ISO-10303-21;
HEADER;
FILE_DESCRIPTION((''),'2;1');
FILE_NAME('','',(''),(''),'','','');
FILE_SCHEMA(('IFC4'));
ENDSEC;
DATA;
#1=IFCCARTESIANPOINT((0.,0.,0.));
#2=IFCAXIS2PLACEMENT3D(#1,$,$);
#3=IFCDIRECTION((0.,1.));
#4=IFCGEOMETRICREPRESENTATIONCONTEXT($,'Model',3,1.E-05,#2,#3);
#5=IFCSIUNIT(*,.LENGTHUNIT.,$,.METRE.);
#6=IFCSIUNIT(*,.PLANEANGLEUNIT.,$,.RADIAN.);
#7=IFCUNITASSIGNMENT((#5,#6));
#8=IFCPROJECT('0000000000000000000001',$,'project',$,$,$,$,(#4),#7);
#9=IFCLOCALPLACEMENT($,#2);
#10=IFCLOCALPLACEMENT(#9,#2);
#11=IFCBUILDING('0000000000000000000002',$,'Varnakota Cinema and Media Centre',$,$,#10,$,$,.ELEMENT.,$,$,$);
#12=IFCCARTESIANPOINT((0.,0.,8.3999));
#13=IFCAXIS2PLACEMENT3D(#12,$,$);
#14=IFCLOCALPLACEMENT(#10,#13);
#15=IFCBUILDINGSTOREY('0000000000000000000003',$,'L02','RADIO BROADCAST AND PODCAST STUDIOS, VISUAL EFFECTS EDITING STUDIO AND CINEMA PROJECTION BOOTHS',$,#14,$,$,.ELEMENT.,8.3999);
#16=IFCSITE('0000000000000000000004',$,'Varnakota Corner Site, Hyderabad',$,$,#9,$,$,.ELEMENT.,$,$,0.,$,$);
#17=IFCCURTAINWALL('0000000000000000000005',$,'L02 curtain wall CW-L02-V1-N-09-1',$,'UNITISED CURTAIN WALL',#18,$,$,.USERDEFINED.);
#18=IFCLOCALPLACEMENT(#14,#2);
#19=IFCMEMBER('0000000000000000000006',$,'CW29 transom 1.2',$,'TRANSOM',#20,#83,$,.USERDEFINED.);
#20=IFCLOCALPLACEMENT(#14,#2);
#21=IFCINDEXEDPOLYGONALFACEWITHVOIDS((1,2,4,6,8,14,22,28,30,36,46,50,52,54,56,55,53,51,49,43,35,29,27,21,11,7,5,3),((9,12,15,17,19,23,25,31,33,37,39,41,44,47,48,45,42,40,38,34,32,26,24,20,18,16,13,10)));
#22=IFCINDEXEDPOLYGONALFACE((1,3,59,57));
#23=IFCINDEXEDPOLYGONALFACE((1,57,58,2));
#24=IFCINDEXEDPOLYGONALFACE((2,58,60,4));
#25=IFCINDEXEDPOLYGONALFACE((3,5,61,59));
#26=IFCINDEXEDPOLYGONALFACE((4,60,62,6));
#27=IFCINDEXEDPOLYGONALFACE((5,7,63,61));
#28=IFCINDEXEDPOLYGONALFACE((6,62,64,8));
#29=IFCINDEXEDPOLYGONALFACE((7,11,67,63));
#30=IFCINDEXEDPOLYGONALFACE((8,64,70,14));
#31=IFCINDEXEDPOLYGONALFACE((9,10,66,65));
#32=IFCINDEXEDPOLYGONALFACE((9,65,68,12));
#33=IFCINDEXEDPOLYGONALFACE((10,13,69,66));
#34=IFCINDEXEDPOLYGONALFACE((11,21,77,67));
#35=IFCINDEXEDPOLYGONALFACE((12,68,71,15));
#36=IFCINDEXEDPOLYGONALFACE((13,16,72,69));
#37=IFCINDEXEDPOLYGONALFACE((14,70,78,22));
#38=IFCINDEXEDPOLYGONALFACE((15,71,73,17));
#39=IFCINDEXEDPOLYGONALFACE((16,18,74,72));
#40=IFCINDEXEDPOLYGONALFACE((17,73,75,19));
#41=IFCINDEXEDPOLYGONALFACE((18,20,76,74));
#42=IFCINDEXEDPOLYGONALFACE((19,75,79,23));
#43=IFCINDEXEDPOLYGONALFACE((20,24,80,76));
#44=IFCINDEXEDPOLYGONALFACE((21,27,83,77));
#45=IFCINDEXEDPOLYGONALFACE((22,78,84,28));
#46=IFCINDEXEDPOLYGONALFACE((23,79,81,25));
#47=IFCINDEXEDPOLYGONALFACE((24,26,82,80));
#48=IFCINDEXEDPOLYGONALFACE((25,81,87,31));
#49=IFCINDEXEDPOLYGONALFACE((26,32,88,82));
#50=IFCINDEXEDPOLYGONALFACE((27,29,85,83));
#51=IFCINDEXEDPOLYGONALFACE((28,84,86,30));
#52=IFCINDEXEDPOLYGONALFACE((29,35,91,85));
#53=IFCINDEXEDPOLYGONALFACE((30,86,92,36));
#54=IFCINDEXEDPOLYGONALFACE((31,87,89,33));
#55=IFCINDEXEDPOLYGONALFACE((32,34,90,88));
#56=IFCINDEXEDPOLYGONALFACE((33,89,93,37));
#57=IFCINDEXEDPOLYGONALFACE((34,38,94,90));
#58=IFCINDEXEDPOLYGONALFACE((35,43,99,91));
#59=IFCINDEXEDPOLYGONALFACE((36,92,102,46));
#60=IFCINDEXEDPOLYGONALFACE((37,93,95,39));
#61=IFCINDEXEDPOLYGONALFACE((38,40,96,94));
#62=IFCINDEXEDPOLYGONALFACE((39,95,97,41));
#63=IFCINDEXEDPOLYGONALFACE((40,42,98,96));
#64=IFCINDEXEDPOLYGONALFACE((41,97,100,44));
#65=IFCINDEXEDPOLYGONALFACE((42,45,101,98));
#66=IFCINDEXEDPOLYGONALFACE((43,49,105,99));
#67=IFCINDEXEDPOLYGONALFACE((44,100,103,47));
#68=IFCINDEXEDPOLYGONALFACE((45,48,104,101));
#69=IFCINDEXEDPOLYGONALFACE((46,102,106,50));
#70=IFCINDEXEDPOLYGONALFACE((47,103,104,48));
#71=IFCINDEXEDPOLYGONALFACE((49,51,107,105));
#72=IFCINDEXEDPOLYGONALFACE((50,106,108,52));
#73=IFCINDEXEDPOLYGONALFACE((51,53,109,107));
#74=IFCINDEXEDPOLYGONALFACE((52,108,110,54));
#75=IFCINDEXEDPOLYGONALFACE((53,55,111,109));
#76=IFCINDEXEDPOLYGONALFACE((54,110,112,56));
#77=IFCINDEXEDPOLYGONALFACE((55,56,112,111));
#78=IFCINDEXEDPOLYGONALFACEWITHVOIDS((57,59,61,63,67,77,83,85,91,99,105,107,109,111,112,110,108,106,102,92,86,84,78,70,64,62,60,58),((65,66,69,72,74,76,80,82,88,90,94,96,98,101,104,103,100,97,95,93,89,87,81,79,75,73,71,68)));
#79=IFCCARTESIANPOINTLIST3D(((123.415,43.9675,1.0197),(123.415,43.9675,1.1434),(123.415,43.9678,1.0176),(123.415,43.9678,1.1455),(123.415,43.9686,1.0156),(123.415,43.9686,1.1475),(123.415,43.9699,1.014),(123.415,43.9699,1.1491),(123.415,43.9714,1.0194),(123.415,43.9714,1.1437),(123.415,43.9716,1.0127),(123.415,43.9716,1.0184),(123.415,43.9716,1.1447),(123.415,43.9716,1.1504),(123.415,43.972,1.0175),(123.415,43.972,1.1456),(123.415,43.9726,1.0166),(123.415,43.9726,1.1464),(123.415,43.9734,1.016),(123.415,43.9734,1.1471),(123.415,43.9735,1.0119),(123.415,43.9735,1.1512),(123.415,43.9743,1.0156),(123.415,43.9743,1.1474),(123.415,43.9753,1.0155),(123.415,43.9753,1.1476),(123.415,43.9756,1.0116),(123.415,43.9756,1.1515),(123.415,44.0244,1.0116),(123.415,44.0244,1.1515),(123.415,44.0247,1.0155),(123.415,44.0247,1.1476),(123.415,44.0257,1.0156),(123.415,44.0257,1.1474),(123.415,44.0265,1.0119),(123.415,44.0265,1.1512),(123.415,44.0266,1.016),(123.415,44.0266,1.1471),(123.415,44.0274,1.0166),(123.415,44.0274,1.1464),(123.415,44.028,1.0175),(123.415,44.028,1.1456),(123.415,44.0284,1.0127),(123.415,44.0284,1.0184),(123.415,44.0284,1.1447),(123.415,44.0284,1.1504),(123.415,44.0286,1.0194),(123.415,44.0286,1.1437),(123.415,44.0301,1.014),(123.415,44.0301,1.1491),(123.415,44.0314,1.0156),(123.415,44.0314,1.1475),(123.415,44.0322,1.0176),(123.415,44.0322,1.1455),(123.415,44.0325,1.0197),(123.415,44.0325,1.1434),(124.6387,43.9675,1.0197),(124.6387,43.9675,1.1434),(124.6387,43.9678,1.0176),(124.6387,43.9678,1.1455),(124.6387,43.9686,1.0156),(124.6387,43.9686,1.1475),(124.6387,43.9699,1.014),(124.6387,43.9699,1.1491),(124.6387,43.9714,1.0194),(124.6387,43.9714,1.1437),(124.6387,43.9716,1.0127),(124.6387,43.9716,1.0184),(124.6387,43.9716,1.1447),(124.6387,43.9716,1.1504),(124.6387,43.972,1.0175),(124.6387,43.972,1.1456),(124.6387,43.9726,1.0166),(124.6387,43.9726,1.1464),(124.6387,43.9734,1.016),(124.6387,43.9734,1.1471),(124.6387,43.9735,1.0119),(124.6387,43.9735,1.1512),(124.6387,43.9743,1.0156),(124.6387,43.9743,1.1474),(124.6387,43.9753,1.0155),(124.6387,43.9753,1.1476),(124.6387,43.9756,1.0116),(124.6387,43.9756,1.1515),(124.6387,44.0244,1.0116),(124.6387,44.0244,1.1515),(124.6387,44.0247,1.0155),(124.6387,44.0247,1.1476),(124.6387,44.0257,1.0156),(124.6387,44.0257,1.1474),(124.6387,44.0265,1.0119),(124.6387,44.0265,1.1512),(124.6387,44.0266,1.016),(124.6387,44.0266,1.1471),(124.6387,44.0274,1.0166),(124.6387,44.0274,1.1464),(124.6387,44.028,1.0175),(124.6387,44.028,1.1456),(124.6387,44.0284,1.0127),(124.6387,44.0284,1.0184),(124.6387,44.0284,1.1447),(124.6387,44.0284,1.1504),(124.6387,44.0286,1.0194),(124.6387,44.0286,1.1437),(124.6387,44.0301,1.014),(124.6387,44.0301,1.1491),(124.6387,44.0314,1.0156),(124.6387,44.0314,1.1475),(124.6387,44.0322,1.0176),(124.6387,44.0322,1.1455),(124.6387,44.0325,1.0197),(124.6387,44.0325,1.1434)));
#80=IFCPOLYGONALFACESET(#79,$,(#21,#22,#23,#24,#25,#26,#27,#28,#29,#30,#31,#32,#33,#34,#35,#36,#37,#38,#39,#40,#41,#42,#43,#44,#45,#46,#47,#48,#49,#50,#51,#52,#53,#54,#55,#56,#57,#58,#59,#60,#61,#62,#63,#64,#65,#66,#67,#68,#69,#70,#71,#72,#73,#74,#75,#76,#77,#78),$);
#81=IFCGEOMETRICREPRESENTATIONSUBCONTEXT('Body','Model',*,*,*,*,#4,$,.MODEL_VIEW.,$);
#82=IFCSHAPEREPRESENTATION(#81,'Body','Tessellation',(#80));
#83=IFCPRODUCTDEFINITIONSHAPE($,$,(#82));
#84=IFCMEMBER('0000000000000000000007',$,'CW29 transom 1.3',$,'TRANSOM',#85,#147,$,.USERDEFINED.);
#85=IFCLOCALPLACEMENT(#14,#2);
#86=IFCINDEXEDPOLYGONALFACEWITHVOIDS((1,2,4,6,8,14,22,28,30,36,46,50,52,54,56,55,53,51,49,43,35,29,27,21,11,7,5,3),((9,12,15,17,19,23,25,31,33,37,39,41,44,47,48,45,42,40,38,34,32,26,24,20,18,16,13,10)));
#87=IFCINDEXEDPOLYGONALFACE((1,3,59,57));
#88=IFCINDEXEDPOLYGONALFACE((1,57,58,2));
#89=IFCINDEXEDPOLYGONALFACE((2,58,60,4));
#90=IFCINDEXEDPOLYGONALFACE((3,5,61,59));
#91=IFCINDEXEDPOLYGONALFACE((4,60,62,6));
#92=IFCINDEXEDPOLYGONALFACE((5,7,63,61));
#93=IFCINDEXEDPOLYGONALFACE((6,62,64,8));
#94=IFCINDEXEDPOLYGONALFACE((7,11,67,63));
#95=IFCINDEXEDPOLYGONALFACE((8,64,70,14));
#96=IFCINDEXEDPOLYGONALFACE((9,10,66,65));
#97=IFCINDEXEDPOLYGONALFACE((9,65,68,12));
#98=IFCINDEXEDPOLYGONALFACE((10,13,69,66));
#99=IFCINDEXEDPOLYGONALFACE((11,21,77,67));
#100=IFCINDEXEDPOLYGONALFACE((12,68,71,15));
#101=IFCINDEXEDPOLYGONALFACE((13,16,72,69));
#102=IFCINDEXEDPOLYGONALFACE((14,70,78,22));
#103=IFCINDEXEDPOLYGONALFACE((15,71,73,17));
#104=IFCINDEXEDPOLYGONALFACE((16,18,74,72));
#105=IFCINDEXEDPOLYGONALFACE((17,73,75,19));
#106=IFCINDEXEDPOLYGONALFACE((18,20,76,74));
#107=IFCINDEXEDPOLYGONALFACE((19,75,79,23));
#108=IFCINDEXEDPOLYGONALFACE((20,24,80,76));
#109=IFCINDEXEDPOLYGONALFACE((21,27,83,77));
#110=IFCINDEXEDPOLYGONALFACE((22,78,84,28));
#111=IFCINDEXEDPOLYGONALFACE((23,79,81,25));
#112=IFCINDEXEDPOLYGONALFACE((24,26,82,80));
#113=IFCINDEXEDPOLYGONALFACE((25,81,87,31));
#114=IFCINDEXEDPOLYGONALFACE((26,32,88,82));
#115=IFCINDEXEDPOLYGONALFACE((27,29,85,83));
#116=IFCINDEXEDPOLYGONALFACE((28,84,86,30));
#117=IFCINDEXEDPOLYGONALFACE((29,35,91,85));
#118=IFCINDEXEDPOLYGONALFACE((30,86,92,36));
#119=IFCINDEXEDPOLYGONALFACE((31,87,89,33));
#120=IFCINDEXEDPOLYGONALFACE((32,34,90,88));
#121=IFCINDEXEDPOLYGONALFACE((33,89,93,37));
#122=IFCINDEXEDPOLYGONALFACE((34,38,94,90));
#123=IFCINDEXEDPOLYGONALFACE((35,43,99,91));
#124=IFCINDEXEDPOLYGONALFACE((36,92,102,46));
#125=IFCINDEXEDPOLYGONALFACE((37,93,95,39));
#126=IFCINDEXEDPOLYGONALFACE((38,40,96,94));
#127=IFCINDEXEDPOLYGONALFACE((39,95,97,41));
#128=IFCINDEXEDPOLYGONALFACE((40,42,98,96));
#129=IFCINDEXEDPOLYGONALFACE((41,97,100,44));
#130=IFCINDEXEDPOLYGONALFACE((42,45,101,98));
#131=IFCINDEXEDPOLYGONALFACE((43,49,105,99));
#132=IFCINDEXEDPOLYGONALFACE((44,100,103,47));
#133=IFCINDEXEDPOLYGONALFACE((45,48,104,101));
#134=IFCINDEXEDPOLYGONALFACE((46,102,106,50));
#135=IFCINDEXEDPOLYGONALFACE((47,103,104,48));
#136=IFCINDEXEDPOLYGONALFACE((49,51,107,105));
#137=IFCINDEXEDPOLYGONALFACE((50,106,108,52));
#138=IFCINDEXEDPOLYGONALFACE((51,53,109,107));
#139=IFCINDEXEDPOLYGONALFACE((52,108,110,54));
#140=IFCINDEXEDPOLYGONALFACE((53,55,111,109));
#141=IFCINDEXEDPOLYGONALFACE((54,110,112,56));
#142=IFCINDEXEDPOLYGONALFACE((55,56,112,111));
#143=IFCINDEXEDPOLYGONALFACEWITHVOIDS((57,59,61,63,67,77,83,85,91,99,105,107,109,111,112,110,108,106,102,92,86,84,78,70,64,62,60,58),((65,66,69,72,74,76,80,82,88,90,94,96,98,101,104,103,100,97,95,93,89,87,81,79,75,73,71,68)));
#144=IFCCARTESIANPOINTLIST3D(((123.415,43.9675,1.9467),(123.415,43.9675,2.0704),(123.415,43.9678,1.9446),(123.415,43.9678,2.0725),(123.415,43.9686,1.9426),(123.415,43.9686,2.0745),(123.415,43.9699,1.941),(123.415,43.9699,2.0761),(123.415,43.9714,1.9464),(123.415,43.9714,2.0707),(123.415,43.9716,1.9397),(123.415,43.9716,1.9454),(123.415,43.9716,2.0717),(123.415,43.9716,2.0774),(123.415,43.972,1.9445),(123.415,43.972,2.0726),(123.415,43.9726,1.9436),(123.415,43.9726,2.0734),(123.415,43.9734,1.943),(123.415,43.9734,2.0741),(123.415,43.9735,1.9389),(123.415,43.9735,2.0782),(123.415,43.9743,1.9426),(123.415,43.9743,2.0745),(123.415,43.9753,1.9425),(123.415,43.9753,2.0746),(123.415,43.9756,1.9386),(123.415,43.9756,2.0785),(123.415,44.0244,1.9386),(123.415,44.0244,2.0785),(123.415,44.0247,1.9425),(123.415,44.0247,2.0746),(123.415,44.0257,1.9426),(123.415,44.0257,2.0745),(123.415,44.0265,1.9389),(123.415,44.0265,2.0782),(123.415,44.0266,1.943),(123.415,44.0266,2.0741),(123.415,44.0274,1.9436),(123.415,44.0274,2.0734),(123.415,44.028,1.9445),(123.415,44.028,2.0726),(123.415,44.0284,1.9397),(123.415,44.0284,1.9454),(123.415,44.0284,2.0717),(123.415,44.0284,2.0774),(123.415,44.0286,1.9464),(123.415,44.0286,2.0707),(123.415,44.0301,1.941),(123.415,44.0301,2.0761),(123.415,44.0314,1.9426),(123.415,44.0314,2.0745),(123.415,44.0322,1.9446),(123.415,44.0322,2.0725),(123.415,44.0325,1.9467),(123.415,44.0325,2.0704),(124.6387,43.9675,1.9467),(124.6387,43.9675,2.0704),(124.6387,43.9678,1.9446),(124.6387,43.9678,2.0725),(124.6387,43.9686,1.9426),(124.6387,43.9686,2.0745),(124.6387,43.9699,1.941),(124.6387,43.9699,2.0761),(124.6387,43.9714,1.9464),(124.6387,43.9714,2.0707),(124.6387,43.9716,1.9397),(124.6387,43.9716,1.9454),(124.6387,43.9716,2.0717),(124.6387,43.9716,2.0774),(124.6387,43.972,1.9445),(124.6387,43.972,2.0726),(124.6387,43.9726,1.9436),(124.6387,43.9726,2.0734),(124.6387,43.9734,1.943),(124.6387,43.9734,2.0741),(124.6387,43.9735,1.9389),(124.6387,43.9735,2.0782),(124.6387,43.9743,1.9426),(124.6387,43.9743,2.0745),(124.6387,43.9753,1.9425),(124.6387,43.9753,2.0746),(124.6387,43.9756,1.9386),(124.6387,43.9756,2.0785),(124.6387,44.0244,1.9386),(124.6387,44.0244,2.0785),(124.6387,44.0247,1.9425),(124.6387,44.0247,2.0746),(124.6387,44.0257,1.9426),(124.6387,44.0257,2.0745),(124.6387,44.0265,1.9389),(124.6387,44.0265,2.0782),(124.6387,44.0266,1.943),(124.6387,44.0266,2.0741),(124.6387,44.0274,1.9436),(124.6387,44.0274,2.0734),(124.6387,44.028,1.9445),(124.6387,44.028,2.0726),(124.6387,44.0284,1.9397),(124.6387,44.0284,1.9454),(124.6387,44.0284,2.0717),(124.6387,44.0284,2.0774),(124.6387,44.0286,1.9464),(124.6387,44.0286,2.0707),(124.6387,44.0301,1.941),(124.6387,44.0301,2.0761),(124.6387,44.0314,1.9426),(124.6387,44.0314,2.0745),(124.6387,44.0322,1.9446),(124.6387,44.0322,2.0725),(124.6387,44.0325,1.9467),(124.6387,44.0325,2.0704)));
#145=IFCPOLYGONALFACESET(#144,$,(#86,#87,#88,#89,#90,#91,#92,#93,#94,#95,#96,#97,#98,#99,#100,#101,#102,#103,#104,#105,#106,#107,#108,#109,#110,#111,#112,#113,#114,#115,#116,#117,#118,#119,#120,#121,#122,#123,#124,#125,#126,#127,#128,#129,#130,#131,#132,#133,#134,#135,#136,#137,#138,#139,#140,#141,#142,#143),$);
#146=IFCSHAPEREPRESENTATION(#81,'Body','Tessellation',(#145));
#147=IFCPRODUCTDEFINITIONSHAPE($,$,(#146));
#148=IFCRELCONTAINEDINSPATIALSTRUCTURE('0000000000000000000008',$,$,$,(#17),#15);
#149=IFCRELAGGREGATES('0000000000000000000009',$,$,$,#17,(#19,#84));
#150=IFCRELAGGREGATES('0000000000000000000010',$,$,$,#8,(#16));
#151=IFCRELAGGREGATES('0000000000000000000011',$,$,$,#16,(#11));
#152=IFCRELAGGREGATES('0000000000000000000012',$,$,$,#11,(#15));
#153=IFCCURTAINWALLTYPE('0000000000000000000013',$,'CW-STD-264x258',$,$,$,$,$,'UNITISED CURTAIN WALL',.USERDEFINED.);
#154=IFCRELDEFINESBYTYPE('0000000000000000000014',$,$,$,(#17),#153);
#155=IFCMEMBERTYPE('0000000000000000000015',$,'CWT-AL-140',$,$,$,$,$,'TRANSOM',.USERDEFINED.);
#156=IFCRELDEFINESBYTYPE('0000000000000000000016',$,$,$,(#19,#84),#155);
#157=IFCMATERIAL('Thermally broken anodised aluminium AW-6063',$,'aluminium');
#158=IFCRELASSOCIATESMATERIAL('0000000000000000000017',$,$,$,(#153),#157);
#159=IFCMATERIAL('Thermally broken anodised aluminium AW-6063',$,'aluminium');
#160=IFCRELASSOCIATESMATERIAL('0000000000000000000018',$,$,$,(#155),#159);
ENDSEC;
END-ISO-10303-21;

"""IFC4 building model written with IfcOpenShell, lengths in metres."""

from ifc_helpers import new_model, si_unit, direction, frame, origin, origin_2d, place, context, subcontext, project, spatial, hollow_rectangle, extrude, material, material_profile, profile_set, type_object, element, aggregate, save


model = new_model("IFC4")

# Units and contexts
model_context = context("Model", 3, precision=1e-05, world=origin(), true_north=direction((0.0, 1.0)))
body_context = subcontext(model_context, "Body", "Model", "MODEL_VIEW")
ifc_project = project(units=[si_unit("LENGTHUNIT", "METRE"), si_unit("PLANEANGLEUNIT", "RADIAN")], contexts=[model_context])

# Site, building, storey
site_placement = place(None, origin())
site = spatial("IfcSite", under=ifc_project, at=site_placement, Name="Varnakota Corner Site, Hyderabad", CompositionType="ELEMENT", RefElevation=0.0)
building_placement = place(site_placement, origin())
building = spatial("IfcBuilding", under=site, at=building_placement, Name="Varnakota Cinema and Media Centre", CompositionType="ELEMENT")
storey_placement = place(building_placement, frame((0.0, 0.0, 8.3999)))
storey = spatial("IfcBuildingStorey", under=building, at=storey_placement, Name="L02", Description="RADIO BROADCAST AND PODCAST STUDIOS, VISUAL EFFECTS EDITING STUDIO AND CINEMA PROJECTION BOOTHS", CompositionType="ELEMENT", Elevation=8.3999)

# Shared definitions
ifc_material_1 = material(Name="Thermally broken anodised aluminium AW-6063", Category="aluminium")
curtain_wall_type = type_object("IfcCurtainWallType", Name="CW-STD-264x258", ElementType="UNITISED CURTAIN WALL", PredefinedType="USERDEFINED", material=ifc_material_1)

# Curtain wall
curtain_wall_1_placement = place(storey_placement, origin())
curtain_wall_1 = element("IfcCurtainWall", 1, at=curtain_wall_1_placement, inside=storey, type_object=curtain_wall_type, Name="L02 curtain wall CW-L02-V1-N-09-1", ObjectType="UNITISED CURTAIN WALL", PredefinedType="USERDEFINED")

# Members
ifc_material_2 = material(Name="Thermally broken anodised aluminium AW-6063", Category="aluminium")
ifc_material_profile_1 = material_profile(ifc_material_2, hollow_rectangle(XDim=0.0649, YDim=0.1399, WallThickness=0.0039, InnerFilletRadius=0.0039, OuterFilletRadius=0.0081, at=origin_2d()), Name="AL-TRANSOM 140x65x4")
ifc_profile_set_1 = profile_set([ifc_material_profile_1], Name="Thermally broken anodised aluminium AW-6063")
member_type_1 = type_object("IfcMemberType", Name="CWT-AL-140", ElementType="TRANSOM", PredefinedType="USERDEFINED", material=ifc_profile_set_1)
member_1_placement = place(storey_placement, frame((123.415, 44.0, 1.0815), z_axis=(1.0, 0.0, 0.0), x_axis=(0.0, 1.0, 0.0)))
member_1 = element("IfcMember", 2, at=member_1_placement, type_object=member_type_1, Name="CW29 transom 1.2", ObjectType="TRANSOM", PredefinedType="USERDEFINED", context=body_context, shape_type="SweptSolid", body=[
    extrude(hollow_rectangle(XDim=0.0649, YDim=0.1399, WallThickness=0.0039, InnerFilletRadius=0.0039, OuterFilletRadius=0.0081, at=origin_2d()), origin(), (0.0, 0.0, 1.0), 1.2236),
])
member_2_placement = place(storey_placement, frame((123.415, 44.0, 2.0085), z_axis=(1.0, 0.0, 0.0), x_axis=(0.0, 1.0, 0.0)))
member_2 = element("IfcMember", 3, at=member_2_placement, type_object=member_type_1, Name="CW29 transom 1.3", ObjectType="TRANSOM", PredefinedType="USERDEFINED", context=body_context, shape_type="SweptSolid", body=[
    extrude(hollow_rectangle(XDim=0.0649, YDim=0.1399, WallThickness=0.0039, InnerFilletRadius=0.0039, OuterFilletRadius=0.0081, at=origin_2d()), origin(), (0.0, 0.0, 1.0), 1.2236),
])

aggregate(curtain_wall_1, [member_1, member_2])

save(model, "model.ifc")
